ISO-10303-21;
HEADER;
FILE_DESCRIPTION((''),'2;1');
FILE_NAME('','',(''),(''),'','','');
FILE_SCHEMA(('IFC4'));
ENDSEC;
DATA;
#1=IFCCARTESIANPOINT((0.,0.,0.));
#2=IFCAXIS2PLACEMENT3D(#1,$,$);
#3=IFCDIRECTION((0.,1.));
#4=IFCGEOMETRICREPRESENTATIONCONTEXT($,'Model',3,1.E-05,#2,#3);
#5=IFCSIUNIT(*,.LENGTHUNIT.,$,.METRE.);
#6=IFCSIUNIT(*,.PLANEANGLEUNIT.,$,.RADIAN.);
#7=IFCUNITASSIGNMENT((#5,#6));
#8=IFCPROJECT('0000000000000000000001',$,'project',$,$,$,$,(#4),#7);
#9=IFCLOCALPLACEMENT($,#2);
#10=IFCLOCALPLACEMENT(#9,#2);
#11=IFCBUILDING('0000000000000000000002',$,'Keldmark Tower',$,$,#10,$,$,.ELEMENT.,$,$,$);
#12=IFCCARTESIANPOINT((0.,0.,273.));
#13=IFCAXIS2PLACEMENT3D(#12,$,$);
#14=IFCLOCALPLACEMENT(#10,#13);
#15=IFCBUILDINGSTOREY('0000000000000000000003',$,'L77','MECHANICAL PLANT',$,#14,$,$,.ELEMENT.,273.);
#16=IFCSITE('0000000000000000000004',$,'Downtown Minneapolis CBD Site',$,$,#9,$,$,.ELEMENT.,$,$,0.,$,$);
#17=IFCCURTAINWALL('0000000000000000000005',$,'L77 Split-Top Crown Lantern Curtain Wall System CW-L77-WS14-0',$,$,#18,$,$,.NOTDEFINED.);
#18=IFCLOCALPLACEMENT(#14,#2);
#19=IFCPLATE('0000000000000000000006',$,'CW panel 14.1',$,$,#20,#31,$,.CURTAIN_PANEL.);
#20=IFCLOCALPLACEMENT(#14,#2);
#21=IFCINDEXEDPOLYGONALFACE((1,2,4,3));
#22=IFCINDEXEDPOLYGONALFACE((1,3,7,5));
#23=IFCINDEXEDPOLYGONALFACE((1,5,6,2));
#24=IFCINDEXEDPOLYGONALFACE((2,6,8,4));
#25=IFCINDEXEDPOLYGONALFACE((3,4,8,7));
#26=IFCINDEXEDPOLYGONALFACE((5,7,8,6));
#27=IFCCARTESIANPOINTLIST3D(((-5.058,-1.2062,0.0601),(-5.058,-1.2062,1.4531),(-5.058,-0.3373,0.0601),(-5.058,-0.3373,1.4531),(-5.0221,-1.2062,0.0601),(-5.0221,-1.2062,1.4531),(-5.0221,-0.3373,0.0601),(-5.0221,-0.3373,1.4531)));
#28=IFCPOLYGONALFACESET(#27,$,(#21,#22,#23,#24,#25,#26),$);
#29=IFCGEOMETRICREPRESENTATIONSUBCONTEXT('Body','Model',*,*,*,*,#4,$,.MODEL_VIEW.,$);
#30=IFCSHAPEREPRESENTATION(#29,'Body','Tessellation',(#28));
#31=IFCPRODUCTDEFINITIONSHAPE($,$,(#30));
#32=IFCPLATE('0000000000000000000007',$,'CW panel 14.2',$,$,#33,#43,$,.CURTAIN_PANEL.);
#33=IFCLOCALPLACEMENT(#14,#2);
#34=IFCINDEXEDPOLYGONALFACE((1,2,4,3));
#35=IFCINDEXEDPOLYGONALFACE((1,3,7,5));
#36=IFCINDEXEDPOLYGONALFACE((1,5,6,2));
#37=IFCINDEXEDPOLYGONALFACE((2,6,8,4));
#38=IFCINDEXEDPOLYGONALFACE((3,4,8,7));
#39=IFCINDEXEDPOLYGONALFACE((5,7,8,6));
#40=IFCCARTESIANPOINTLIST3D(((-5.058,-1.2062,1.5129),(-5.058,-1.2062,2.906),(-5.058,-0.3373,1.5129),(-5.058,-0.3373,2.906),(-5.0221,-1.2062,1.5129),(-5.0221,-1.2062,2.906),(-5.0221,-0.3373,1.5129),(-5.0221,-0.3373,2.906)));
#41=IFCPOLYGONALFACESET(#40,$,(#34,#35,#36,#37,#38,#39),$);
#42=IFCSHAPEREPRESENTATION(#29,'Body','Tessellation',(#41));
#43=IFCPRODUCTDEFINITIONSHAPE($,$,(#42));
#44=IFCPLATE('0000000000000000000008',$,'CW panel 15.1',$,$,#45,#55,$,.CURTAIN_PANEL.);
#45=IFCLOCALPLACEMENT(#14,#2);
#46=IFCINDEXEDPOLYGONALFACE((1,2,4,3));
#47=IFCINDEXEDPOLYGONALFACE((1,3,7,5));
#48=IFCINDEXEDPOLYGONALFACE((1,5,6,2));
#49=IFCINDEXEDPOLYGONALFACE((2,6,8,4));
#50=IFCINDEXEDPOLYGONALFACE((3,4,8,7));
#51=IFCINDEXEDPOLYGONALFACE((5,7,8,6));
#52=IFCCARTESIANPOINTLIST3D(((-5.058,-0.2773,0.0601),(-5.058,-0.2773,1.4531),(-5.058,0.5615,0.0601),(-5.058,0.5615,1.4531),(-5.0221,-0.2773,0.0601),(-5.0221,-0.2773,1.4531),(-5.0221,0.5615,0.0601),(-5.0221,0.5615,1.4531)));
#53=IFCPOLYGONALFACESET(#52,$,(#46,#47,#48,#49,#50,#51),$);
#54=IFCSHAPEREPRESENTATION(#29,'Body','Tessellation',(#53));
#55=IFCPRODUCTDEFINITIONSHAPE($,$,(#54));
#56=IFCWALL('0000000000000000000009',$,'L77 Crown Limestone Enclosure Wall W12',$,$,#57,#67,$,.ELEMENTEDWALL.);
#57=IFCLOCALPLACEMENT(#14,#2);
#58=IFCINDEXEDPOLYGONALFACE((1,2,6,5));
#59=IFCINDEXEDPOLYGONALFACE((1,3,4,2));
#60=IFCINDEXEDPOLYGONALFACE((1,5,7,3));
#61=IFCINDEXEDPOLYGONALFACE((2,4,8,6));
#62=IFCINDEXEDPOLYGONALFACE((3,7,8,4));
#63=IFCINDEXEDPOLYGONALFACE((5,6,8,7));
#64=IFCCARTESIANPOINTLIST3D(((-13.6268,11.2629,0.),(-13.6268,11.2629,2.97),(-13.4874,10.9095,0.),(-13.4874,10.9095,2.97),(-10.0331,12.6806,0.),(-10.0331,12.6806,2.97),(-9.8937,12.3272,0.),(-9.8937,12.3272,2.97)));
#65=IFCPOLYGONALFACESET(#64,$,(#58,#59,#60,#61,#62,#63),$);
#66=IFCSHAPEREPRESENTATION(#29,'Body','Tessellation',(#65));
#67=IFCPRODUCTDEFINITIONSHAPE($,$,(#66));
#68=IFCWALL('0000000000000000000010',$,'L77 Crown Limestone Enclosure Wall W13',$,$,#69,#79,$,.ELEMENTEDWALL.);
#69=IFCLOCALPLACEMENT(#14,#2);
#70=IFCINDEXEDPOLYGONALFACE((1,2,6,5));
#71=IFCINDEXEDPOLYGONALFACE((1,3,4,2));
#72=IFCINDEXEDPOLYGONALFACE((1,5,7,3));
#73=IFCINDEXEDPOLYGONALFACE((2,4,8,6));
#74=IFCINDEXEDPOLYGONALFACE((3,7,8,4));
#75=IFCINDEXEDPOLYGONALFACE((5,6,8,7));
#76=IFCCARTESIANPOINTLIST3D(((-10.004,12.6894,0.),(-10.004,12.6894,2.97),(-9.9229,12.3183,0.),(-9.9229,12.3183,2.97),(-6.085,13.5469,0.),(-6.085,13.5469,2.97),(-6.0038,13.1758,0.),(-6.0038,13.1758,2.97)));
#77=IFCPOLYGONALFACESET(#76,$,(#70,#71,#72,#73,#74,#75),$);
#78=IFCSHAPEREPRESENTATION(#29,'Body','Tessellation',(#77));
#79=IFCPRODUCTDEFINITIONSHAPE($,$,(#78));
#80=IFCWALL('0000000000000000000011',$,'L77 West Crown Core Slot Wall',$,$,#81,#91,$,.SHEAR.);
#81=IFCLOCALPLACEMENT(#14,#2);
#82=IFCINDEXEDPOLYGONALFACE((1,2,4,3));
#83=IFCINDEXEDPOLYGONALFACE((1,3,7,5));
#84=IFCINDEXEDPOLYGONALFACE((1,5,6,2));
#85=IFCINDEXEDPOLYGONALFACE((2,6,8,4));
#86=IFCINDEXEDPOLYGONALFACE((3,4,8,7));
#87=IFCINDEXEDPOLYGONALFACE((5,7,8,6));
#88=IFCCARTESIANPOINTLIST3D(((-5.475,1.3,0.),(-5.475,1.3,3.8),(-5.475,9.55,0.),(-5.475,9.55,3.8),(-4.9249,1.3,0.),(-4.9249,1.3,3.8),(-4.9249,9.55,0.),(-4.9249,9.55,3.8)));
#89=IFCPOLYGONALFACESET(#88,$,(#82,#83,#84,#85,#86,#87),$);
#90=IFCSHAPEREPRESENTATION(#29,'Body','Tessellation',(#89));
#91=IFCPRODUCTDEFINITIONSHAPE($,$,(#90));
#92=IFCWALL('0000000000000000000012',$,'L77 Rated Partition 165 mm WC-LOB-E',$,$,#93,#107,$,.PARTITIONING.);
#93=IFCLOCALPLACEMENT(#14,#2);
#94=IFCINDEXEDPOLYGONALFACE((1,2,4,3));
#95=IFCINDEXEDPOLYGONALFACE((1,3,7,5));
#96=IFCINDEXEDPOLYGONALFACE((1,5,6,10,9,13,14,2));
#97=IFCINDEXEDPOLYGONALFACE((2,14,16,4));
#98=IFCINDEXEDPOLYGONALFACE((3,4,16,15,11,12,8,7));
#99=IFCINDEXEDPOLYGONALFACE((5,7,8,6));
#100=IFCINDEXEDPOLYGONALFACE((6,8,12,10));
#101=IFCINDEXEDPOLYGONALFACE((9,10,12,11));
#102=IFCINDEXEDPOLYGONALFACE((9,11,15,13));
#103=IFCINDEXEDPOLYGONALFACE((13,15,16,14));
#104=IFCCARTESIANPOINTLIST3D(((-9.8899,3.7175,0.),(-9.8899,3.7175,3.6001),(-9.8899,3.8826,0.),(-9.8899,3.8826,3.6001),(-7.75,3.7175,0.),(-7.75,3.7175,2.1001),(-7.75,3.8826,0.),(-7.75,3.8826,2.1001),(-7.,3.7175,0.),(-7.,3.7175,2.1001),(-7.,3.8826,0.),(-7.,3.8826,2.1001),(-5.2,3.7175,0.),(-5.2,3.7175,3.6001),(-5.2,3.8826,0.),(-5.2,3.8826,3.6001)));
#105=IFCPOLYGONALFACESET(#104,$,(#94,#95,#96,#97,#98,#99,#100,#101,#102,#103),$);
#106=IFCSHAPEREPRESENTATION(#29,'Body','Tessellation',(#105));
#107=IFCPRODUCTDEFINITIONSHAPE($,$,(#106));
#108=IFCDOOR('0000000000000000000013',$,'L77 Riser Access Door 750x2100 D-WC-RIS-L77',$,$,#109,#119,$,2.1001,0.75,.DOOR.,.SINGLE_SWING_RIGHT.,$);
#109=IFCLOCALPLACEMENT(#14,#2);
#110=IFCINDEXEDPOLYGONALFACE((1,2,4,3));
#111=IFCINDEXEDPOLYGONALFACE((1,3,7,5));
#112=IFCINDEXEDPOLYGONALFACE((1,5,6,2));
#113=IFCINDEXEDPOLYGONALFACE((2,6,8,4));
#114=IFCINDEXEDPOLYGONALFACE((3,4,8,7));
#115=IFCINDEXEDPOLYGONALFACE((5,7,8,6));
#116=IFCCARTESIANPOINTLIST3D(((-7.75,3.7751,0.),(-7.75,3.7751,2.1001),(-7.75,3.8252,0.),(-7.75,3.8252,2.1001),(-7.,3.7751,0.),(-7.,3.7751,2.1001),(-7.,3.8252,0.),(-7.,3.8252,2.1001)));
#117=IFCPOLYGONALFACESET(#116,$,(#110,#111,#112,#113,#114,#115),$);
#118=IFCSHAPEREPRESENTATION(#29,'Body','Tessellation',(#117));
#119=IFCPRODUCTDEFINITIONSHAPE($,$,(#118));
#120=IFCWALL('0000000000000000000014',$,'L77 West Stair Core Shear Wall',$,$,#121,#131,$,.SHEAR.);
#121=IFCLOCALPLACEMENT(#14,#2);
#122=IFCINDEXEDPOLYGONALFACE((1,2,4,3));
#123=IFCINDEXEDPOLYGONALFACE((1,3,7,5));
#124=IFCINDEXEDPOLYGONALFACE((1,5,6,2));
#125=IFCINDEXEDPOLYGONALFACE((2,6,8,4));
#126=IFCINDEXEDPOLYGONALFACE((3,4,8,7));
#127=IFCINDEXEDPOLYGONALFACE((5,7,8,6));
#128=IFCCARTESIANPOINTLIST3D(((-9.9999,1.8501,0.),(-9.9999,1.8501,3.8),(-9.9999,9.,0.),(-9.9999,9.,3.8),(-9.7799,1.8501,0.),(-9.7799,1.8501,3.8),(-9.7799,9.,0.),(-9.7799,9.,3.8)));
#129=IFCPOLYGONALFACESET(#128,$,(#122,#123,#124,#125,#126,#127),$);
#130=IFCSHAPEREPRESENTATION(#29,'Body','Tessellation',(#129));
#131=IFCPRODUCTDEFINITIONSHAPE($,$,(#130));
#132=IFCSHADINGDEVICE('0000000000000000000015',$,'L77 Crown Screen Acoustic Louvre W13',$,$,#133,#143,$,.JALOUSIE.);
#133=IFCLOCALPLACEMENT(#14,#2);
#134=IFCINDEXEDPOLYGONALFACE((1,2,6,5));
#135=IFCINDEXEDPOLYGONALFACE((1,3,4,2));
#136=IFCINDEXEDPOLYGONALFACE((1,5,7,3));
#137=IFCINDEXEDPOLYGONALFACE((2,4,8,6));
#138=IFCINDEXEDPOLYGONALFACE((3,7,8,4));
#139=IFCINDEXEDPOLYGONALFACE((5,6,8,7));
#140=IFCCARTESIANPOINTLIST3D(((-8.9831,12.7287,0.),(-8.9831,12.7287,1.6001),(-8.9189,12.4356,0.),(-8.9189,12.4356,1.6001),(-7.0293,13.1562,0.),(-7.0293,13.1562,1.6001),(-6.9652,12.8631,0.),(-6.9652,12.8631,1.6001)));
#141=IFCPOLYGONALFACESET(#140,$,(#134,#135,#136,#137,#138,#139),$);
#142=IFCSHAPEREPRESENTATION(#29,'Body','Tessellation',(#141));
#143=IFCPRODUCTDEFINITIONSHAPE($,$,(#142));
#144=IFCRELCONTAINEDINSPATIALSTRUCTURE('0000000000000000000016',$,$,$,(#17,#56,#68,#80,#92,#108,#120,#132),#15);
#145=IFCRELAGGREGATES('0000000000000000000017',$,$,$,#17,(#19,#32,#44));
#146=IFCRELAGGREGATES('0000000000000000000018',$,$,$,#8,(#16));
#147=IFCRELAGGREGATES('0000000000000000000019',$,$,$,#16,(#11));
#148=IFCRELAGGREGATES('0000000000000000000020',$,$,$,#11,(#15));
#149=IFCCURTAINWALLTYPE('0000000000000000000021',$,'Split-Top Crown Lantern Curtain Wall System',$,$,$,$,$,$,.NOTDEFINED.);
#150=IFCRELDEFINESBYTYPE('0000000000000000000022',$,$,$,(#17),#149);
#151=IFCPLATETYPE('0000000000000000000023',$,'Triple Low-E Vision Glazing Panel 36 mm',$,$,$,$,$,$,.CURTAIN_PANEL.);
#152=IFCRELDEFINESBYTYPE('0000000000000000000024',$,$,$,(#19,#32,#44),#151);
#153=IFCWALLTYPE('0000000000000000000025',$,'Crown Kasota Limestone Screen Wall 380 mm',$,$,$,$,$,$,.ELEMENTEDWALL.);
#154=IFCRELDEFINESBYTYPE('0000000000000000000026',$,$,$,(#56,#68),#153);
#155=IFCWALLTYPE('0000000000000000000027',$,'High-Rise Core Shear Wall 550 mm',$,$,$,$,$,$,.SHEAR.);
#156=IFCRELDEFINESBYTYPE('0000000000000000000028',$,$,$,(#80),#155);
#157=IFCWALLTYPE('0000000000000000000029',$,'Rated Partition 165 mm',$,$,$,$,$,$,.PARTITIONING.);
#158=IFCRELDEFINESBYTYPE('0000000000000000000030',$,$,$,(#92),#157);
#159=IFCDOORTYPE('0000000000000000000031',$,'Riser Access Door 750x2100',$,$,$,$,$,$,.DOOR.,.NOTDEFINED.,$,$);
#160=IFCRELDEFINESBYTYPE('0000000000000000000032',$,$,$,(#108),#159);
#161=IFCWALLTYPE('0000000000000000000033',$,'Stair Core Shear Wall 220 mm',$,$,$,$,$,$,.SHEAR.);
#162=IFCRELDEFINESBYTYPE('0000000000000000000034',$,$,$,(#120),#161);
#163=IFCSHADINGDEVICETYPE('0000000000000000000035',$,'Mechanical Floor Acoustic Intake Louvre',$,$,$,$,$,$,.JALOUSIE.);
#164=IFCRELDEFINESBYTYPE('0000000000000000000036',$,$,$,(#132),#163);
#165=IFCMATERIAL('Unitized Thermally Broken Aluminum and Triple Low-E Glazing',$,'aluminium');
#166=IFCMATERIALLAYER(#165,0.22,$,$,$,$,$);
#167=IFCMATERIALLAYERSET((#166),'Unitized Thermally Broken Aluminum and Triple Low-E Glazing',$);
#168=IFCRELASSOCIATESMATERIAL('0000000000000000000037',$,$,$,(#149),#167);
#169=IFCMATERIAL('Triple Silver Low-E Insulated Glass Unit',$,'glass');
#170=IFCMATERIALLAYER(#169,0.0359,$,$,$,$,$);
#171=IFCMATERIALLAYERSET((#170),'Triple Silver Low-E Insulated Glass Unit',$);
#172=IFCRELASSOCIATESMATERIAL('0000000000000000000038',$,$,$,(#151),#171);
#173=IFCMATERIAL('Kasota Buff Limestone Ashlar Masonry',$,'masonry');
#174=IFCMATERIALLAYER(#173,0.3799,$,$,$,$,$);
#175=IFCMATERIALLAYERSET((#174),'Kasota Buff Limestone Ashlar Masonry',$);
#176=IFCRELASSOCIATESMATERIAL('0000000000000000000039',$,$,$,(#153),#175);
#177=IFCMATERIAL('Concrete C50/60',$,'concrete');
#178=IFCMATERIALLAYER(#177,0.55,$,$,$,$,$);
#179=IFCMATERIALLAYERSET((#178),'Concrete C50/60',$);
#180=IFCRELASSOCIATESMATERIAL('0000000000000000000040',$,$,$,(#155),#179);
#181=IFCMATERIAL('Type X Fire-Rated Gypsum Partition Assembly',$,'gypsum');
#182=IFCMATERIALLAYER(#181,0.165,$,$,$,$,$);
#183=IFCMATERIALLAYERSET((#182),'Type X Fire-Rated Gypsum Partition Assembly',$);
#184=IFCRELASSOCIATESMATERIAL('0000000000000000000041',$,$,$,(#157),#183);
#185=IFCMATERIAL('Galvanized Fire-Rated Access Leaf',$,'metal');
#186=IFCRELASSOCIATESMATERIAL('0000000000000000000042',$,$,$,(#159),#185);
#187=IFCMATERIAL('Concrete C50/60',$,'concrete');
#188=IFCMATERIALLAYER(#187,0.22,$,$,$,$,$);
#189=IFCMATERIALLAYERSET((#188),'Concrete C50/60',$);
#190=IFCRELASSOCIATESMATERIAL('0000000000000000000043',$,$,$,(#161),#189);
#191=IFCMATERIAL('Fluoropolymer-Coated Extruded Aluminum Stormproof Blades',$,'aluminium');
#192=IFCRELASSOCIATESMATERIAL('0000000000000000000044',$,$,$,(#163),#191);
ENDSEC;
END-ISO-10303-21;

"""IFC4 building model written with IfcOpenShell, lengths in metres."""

from ifc_helpers import new_model, si_unit, direction, frame, frame_2d, origin, origin_2d, place, context, subcontext, project, spatial, rectangle, extrude, material, layer, layer_set, type_object, element, fill, aggregate, save


model = new_model("IFC4")

# Units and contexts
model_context = context("Model", 3, precision=1e-05, world=origin(), true_north=direction((0.0, 1.0)))
body_context = subcontext(model_context, "Body", "Model", "MODEL_VIEW")
ifc_project = project(units=[si_unit("LENGTHUNIT", "METRE"), si_unit("PLANEANGLEUNIT", "RADIAN")], contexts=[model_context])

# Site, building, storey
site_placement = place(None, origin())
site = spatial("IfcSite", under=ifc_project, at=site_placement, Name="Downtown Minneapolis CBD Site", CompositionType="ELEMENT", RefElevation=0.0)
building_placement = place(site_placement, origin())
building = spatial("IfcBuilding", under=site, at=building_placement, Name="Keldmark Tower", CompositionType="ELEMENT")
storey_placement = place(building_placement, frame((0.0, 0.0, 273.0)))
storey = spatial("IfcBuildingStorey", under=building, at=storey_placement, Name="L77", Description="MECHANICAL PLANT", CompositionType="ELEMENT", Elevation=273.0)

# Curtain wall
ifc_material_1 = material(Name="Unitized Thermally Broken Aluminum and Triple Low-E Glazing", Category="aluminium")
ifc_layer_1 = layer(ifc_material_1, 0.22)
ifc_layer_set_1 = layer_set([ifc_layer_1], Name="Unitized Thermally Broken Aluminum and Triple Low-E Glazing")
curtain_wall_type = type_object("IfcCurtainWallType", Name="Split-Top Crown Lantern Curtain Wall System", PredefinedType="NOTDEFINED", material=ifc_layer_set_1)
curtain_wall_placement = place(storey_placement, origin())
curtain_wall = element("IfcCurtainWall", 1, at=curtain_wall_placement, inside=storey, type_object=curtain_wall_type, Name="L77 Split-Top Crown Lantern Curtain Wall System CW-L77-WS14-0", PredefinedType="NOTDEFINED")

# Plates
ifc_material_2 = material(Name="Triple Silver Low-E Insulated Glass Unit", Category="glass")
ifc_layer_2 = layer(ifc_material_2, 0.0359)
ifc_layer_set_2 = layer_set([ifc_layer_2], Name="Triple Silver Low-E Insulated Glass Unit")
plate_type_1 = type_object("IfcPlateType", Name="Triple Low-E Vision Glazing Panel 36 mm", PredefinedType="CURTAIN_PANEL", material=ifc_layer_set_2)
plate_1_placement = place(storey_placement, frame((-5.04, -0.7717, 0.0601), z_axis=(0.0, 0.0, 1.0), x_axis=(0.0, 1.0, 0.0)))
plate_1 = element("IfcPlate", 2, at=plate_1_placement, type_object=plate_type_1, Name="CW panel 14.1", PredefinedType="CURTAIN_PANEL", context=body_context, shape_type="SweptSolid", body=[
    extrude(rectangle(XDim=0.8689, YDim=0.0359, at=origin_2d()), origin(), (0.0, 0.0, 1.0), 1.3931),
])
plate_2_placement = place(storey_placement, frame((-5.04, -0.7717, 1.5129), z_axis=(0.0, 0.0, 1.0), x_axis=(0.0, 1.0, 0.0)))
plate_2 = element("IfcPlate", 3, at=plate_2_placement, type_object=plate_type_1, Name="CW panel 14.2", PredefinedType="CURTAIN_PANEL", context=body_context, shape_type="SweptSolid", body=[
    extrude(rectangle(XDim=0.8689, YDim=0.0359, at=origin_2d()), origin(), (0.0, 0.0, 1.0), 1.3931),
])
plate_3_placement = place(storey_placement, frame((-5.04, 0.1421, 0.0601), z_axis=(0.0, 0.0, 1.0), x_axis=(0.0, 1.0, 0.0)))
plate_3 = element("IfcPlate", 4, at=plate_3_placement, type_object=plate_type_1, Name="CW panel 15.1", PredefinedType="CURTAIN_PANEL", context=body_context, shape_type="SweptSolid", body=[
    extrude(rectangle(XDim=0.8389, YDim=0.0359, at=origin_2d()), origin(), (0.0, 0.0, 1.0), 1.3931),
])
aggregate(curtain_wall, [plate_1, plate_2, plate_3])

# Walls
ifc_material_3 = material(Name="Kasota Buff Limestone Ashlar Masonry", Category="masonry")
ifc_layer_3 = layer(ifc_material_3, 0.3799)
ifc_layer_set_3 = layer_set([ifc_layer_3], Name="Kasota Buff Limestone Ashlar Masonry")
wall_type_1 = type_object("IfcWallType", Name="Crown Kasota Limestone Screen Wall 380 mm", PredefinedType="ELEMENTEDWALL", material=ifc_layer_set_3)
wall_1_placement = place(storey_placement, frame((-9.9634, 12.5039, 0.0), z_axis=(0.0, 0.0, 1.0), x_axis=(-0.930231, -0.366974, 0.0)))
element("IfcWall", 5, at=wall_1_placement, inside=storey, type_object=wall_type_1, Name="L77 Crown Limestone Enclosure Wall W12", PredefinedType="ELEMENTEDWALL", context=body_context, shape_type="SweptSolid", body=[
    extrude(rectangle(XDim=3.8633, YDim=0.3799, at=frame_2d((1.9316, 0.0))), origin(), (0.0, 0.0, 1.0), 2.97),
])
wall_2_placement = place(storey_placement, frame((-6.0444, 13.3613, 0.0), z_axis=(0.0, 0.0, 1.0), x_axis=(-0.976892, -0.213733, 0.0)))
element("IfcWall", 6, at=wall_2_placement, inside=storey, type_object=wall_type_1, Name="L77 Crown Limestone Enclosure Wall W13", PredefinedType="ELEMENTEDWALL", context=body_context, shape_type="SweptSolid", body=[
    extrude(rectangle(XDim=4.0117, YDim=0.3799, at=frame_2d((2.0059, 0.0))), origin(), (0.0, 0.0, 1.0), 2.97),
])
ifc_material_4 = material(Name="Concrete C50/60", Category="concrete")
ifc_layer_4 = layer(ifc_material_4, 0.55)
ifc_layer_set_4 = layer_set([ifc_layer_4], Name="Concrete C50/60")
wall_type_2 = type_object("IfcWallType", Name="High-Rise Core Shear Wall 550 mm", PredefinedType="SHEAR", material=ifc_layer_set_4)
wall_3_placement = place(storey_placement, frame((-5.2, 1.3, 0.0), z_axis=(0.0, 0.0, 1.0), x_axis=(0.0, 1.0, 0.0)))
element("IfcWall", 7, at=wall_3_placement, inside=storey, type_object=wall_type_2, Name="L77 West Crown Core Slot Wall", PredefinedType="SHEAR", context=body_context, shape_type="SweptSolid", body=[
    extrude(rectangle(XDim=8.25, YDim=0.55, at=frame_2d((4.125, 0.0))), origin(), (0.0, 0.0, 1.0), 3.8),
])

# Wall, opening, door
ifc_material_5 = material(Name="Type X Fire-Rated Gypsum Partition Assembly", Category="gypsum")
ifc_layer_5 = layer(ifc_material_5, 0.165)
ifc_layer_set_5 = layer_set([ifc_layer_5], Name="Type X Fire-Rated Gypsum Partition Assembly")
wall_type_3 = type_object("IfcWallType", Name="Rated Partition 165 mm", PredefinedType="PARTITIONING", material=ifc_layer_set_5)
wall_4_placement = place(storey_placement, frame((-5.2, 3.8, 0.0), z_axis=(0.0, 0.0, 1.0), x_axis=(-1.0, 0.0, 0.0)))
wall_4 = element("IfcWall", 8, at=wall_4_placement, inside=storey, type_object=wall_type_3, Name="L77 Rated Partition 165 mm WC-LOB-E", PredefinedType="PARTITIONING", context=body_context, shape_type="SweptSolid", body=[
    extrude(rectangle(XDim=4.6899, YDim=0.165, at=frame_2d((2.345, 0.0))), origin(), (0.0, 0.0, 1.0), 3.6001),
])
opening_placement = place(wall_4_placement, frame((1.8, 0.0, 0.0)))
opening = element("IfcOpeningElement", 9, at=opening_placement, cuts=wall_4, PredefinedType="OPENING", context=body_context, shape_type="SweptSolid", body=[
    extrude(rectangle(XDim=0.75, YDim=2.1001, at=frame_2d((0.375, 1.05))), frame((0.0, 0.0925, 0.0), z_axis=(0.0, -1.0, 0.0), x_axis=(1.0, 0.0, 0.0)), (0.0, 0.0, 1.0), 0.1851),
])
ifc_material_6 = material(Name="Galvanized Fire-Rated Access Leaf", Category="metal")
door_type = type_object("IfcDoorType", Name="Riser Access Door 750x2100", OperationType="NOTDEFINED", PredefinedType="DOOR", material=ifc_material_6)
door_placement = place(opening_placement, origin())
door = element("IfcDoor", 10, at=door_placement, inside=storey, type_object=door_type, Name="L77 Riser Access Door 750x2100 D-WC-RIS-L77", OperationType="SINGLE_SWING_RIGHT", OverallHeight=2.1001, OverallWidth=0.75, PredefinedType="DOOR", context=body_context, shape_type="SweptSolid", body=[
    extrude(rectangle(XDim=0.75, YDim=2.1001, at=frame_2d((0.375, 1.05))), frame((0.0, 0.0249, 0.0), z_axis=(0.0, -1.0, 0.0), x_axis=(1.0, 0.0, 0.0)), (0.0, 0.0, 1.0), 0.05),
])
fill(opening, door)

# Wall
ifc_material_7 = material(Name="Concrete C50/60", Category="concrete")
ifc_layer_6 = layer(ifc_material_7, 0.22)
ifc_layer_set_6 = layer_set([ifc_layer_6], Name="Concrete C50/60")
wall_type_4 = type_object("IfcWallType", Name="Stair Core Shear Wall 220 mm", PredefinedType="SHEAR", material=ifc_layer_set_6)
wall_5_placement = place(storey_placement, frame((-9.8899, 1.8501, 0.0), z_axis=(0.0, 0.0, 1.0), x_axis=(0.0, 1.0, 0.0)))
element("IfcWall", 11, at=wall_5_placement, inside=storey, type_object=wall_type_4, Name="L77 West Stair Core Shear Wall", PredefinedType="SHEAR", context=body_context, shape_type="SweptSolid", body=[
    extrude(rectangle(XDim=7.1499, YDim=0.22, at=frame_2d((3.575, 0.0))), origin(), (0.0, 0.0, 1.0), 3.8),
])

# Shading device
ifc_material_8 = material(Name="Fluoropolymer-Coated Extruded Aluminum Stormproof Blades", Category="aluminium")
shading_device_type = type_object("IfcShadingDeviceType", Name="Mechanical Floor Acoustic Intake Louvre", PredefinedType="JALOUSIE", material=ifc_material_8)
shading_device_placement = place(storey_placement, frame((-7.9741, 12.7959, 0.0), z_axis=(0.0, 0.0, 1.0), x_axis=(-0.976889, -0.213747, 0.0)))
element("IfcShadingDevice", 12, at=shading_device_placement, inside=storey, type_object=shading_device_type, Name="L77 Crown Screen Acoustic Louvre W13", PredefinedType="JALOUSIE", context=body_context, shape_type="SweptSolid", body=[
    extrude(rectangle(XDim=2.0, YDim=0.3, at=origin_2d()), origin(), (0.0, 0.0, 1.0), 1.6001),
])

save(model, "model.ifc")
